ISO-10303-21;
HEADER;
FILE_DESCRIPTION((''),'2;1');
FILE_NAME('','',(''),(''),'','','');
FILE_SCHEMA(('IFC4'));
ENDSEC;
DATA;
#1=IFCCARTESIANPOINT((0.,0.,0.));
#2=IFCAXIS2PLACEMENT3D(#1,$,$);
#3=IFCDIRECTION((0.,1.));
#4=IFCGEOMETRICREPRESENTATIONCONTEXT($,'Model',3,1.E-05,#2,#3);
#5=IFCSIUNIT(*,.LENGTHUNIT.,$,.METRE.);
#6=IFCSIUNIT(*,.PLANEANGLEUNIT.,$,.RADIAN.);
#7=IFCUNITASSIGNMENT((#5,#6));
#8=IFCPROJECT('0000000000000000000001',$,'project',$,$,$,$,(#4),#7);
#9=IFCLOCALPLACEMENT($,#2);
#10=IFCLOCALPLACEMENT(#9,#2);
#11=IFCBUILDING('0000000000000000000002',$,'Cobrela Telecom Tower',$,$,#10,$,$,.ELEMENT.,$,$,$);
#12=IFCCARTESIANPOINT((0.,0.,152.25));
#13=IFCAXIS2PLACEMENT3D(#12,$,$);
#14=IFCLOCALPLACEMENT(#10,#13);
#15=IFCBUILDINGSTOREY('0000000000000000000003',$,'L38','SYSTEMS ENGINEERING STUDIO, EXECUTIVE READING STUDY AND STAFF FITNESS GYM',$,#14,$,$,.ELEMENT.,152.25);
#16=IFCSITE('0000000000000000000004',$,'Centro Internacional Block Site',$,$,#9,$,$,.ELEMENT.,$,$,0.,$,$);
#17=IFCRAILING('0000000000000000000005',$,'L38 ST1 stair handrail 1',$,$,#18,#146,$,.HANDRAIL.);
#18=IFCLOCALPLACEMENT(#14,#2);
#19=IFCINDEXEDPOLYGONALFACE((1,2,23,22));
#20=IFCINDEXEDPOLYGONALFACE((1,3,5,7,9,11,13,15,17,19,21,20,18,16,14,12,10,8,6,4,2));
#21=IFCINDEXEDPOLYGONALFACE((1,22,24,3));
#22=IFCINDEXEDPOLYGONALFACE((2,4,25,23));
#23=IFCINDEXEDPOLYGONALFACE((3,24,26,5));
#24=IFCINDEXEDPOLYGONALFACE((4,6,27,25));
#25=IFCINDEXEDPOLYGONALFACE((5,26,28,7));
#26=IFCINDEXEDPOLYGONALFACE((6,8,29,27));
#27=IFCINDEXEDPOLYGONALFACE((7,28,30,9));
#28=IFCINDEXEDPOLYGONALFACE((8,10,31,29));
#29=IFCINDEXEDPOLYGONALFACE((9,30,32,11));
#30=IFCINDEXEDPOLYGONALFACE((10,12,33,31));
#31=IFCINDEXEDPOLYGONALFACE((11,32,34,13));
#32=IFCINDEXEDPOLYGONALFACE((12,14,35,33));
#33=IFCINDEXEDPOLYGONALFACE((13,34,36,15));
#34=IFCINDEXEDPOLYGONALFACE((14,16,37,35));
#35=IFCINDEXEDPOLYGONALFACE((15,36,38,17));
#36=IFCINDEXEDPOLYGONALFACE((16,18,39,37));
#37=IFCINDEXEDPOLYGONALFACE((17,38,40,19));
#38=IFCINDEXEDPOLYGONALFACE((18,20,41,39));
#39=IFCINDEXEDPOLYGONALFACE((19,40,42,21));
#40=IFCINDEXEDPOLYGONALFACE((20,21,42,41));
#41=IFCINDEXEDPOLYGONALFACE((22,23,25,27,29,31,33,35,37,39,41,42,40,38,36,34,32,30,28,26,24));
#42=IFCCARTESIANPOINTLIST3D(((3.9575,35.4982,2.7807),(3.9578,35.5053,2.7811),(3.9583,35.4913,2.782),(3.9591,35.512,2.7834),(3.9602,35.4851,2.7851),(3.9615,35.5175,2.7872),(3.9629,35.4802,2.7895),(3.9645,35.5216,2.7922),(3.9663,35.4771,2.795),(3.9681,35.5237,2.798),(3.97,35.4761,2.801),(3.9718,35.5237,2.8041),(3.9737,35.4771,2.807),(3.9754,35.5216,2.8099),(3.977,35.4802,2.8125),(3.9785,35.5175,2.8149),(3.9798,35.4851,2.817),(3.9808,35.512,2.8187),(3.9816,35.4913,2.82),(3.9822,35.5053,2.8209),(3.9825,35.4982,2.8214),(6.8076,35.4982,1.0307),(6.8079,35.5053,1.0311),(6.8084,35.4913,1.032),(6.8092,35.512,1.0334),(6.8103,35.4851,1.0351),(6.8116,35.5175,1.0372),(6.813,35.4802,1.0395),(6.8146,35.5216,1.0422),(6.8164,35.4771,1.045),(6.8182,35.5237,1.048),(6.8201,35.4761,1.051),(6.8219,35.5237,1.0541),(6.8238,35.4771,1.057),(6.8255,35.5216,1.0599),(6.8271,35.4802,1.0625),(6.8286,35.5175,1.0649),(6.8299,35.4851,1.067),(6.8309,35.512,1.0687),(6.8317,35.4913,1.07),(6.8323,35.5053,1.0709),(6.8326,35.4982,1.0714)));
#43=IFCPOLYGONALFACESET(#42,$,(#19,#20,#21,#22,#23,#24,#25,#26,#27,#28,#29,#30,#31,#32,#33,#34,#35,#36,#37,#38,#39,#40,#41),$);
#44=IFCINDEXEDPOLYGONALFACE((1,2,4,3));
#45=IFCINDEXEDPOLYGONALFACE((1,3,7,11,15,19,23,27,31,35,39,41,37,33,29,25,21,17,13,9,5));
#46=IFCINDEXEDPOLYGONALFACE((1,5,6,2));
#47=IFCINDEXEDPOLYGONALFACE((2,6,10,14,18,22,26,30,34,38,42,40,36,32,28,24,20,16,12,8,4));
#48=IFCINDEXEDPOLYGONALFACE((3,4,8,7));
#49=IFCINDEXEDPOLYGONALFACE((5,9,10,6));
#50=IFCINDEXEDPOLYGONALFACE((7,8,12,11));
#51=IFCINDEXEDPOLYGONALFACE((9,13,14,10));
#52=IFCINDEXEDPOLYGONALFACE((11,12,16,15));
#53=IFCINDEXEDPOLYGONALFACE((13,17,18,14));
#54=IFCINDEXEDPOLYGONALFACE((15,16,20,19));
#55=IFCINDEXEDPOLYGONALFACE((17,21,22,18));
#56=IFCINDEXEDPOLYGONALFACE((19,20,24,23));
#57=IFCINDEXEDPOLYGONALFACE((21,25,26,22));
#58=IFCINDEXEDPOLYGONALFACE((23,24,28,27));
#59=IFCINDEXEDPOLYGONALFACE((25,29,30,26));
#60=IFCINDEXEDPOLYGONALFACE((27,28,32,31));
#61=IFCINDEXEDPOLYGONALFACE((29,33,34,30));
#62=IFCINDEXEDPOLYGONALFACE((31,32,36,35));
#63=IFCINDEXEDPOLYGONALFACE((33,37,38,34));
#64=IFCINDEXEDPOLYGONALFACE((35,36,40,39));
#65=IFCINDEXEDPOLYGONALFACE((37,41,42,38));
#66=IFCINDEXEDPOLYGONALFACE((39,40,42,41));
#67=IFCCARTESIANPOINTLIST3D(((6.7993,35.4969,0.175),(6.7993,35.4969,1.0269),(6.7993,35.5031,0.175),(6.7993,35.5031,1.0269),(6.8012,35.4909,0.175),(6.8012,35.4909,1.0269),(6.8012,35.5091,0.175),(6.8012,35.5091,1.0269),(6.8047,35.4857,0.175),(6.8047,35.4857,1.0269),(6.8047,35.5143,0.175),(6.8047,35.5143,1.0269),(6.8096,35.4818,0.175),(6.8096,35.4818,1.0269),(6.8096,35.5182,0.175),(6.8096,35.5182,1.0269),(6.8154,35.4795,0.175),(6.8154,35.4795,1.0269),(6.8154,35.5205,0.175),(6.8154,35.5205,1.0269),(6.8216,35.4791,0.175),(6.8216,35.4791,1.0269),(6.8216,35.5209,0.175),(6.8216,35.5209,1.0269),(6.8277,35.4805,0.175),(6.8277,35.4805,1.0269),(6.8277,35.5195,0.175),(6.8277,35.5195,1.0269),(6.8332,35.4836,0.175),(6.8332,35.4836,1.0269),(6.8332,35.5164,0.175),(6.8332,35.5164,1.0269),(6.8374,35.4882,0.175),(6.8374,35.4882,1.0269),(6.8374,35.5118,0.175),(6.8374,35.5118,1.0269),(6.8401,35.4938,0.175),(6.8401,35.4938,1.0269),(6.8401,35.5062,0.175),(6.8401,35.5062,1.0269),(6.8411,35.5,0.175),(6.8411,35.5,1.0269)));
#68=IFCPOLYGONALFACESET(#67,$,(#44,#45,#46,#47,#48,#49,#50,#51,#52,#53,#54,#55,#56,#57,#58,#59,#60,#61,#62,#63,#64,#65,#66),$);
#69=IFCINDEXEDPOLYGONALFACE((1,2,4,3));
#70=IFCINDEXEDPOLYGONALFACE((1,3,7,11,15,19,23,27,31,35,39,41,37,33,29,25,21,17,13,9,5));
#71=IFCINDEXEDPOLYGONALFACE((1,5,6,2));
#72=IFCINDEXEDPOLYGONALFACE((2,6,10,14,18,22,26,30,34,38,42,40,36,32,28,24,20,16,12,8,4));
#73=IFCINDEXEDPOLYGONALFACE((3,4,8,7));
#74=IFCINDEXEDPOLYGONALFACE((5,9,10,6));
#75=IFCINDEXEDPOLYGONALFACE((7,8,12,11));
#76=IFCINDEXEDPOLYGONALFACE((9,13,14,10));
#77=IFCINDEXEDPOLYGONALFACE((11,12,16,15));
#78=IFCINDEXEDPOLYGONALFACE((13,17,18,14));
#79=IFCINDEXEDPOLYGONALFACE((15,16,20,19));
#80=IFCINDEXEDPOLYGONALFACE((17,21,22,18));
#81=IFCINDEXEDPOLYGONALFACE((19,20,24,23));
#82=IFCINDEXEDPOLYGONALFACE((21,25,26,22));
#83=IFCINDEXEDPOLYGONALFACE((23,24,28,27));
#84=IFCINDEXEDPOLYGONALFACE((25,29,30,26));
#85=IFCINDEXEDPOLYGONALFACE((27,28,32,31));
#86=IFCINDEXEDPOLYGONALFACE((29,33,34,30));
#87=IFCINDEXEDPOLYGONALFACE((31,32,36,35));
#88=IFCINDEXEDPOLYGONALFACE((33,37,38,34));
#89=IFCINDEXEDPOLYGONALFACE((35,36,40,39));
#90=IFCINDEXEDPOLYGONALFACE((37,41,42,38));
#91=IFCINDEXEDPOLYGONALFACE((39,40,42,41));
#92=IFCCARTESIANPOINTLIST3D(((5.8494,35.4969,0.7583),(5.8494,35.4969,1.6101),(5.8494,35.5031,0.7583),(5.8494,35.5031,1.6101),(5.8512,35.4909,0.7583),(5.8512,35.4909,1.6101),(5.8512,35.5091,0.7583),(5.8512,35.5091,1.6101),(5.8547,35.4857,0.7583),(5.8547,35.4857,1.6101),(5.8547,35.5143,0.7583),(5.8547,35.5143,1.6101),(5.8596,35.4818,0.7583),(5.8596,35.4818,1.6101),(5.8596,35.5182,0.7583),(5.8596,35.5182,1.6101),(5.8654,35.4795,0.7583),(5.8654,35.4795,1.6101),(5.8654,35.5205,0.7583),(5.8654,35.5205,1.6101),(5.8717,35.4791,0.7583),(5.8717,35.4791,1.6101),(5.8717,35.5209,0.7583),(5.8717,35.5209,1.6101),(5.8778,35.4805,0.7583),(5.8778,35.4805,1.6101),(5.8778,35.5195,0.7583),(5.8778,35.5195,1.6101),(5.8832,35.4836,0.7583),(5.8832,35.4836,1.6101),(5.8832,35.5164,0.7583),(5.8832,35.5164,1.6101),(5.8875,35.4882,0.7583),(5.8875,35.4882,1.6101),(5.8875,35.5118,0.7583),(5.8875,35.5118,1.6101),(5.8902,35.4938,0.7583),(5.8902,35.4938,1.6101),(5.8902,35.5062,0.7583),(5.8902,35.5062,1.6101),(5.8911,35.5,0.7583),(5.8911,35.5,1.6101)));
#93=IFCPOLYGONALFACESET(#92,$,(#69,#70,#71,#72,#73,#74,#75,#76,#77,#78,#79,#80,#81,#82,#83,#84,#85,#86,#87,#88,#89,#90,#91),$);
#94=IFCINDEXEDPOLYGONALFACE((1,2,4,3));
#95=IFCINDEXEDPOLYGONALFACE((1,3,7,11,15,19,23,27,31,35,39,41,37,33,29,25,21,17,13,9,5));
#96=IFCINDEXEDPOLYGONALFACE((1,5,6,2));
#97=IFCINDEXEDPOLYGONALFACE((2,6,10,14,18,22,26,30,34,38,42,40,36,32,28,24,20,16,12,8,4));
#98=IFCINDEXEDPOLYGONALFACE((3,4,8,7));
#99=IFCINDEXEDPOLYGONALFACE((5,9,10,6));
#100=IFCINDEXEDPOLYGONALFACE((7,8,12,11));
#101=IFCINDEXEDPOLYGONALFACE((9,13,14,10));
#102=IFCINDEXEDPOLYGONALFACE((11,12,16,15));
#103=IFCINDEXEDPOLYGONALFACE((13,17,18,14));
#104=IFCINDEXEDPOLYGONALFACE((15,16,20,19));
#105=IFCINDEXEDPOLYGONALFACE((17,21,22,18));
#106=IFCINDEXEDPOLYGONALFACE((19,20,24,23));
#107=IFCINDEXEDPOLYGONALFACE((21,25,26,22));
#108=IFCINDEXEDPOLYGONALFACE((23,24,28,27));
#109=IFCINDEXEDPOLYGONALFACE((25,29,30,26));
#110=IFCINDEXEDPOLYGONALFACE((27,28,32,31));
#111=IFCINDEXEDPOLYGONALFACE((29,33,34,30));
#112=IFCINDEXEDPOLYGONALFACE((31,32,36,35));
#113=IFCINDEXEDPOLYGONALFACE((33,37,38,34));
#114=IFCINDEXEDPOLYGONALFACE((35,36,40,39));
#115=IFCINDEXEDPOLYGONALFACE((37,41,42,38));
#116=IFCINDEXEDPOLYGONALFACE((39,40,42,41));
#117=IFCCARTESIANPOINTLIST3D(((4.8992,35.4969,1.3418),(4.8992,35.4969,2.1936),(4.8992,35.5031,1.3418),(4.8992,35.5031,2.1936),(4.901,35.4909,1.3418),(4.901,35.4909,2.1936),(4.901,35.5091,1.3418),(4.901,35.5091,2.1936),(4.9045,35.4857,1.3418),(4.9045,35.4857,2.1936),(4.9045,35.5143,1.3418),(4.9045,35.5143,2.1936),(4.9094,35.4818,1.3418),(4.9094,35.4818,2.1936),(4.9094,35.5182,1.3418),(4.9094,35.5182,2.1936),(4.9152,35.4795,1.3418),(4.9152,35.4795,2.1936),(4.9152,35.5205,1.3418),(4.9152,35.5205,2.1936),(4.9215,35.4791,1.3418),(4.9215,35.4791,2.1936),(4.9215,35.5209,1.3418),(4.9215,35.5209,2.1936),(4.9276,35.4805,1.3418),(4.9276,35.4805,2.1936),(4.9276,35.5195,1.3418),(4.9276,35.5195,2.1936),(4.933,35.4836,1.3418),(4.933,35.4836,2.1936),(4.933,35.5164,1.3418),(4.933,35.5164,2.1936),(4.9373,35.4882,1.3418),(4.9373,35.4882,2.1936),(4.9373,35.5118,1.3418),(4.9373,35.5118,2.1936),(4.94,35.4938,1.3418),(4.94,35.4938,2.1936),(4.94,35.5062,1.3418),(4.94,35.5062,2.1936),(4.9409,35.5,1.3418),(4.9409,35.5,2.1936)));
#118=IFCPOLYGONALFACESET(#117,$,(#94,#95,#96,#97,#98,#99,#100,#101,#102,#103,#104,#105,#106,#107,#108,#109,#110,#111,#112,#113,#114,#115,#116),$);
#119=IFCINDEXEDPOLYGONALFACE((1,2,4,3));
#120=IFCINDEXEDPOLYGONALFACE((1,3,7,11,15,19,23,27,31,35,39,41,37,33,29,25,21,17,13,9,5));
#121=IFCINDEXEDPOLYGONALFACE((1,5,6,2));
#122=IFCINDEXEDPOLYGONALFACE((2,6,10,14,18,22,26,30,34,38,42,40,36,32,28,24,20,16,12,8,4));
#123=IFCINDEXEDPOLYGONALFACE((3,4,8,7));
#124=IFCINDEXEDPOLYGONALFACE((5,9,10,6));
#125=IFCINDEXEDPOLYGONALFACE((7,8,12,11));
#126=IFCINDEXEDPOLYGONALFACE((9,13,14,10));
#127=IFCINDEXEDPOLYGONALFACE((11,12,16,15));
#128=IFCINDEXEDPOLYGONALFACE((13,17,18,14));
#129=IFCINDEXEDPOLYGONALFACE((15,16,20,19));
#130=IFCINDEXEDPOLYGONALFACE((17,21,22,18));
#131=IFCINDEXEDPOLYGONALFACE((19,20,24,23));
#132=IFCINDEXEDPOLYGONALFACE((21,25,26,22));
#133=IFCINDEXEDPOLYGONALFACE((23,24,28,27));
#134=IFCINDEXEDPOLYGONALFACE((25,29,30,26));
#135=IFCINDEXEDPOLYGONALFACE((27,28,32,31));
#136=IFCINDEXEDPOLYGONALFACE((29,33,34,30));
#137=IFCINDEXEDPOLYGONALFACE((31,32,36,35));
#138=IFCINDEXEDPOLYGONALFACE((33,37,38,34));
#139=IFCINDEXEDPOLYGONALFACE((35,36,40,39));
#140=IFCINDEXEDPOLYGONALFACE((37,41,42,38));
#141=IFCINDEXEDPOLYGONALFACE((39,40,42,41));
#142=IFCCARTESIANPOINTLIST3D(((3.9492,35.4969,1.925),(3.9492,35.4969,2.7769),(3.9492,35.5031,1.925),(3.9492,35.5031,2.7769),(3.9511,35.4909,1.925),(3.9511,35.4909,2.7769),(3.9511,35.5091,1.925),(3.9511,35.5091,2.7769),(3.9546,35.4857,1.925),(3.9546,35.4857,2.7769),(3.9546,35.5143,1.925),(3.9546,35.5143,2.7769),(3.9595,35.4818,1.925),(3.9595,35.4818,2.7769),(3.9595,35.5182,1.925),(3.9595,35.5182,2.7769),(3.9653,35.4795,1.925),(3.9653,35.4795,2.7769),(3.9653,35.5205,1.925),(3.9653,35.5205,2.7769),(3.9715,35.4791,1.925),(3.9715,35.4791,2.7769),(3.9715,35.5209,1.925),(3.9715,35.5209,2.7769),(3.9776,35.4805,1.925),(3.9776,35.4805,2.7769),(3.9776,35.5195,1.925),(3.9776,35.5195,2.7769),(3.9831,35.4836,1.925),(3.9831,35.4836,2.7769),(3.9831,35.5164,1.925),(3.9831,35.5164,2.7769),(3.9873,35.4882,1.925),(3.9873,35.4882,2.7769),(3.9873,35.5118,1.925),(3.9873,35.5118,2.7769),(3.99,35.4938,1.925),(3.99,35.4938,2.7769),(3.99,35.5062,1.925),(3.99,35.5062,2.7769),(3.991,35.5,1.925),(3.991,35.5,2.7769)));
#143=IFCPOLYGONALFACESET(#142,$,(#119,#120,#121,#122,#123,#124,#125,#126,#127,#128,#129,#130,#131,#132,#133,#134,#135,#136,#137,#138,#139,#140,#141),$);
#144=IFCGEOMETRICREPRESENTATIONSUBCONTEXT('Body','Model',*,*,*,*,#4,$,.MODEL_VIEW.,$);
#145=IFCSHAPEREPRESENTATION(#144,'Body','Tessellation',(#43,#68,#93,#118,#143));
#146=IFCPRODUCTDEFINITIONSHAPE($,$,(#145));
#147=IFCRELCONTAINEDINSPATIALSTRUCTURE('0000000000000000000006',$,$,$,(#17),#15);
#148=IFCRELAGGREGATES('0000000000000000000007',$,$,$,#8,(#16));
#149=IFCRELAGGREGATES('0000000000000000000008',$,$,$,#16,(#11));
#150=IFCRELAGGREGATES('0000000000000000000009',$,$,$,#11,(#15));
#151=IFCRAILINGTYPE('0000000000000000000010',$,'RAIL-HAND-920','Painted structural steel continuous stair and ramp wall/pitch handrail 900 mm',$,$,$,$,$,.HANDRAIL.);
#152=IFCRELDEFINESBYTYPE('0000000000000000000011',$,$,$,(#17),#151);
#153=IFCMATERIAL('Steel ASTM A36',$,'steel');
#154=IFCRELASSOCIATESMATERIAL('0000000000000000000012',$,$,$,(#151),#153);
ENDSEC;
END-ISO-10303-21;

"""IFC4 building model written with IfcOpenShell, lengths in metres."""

from ifc_helpers import new_model, si_unit, direction, frame, origin, origin_2d, place, context, subcontext, project, spatial, circle, extrude, material, type_object, element, save


model = new_model("IFC4")

# Units and contexts
model_context = context("Model", 3, precision=1e-05, world=origin(), true_north=direction((0.0, 1.0)))
body_context = subcontext(model_context, "Body", "Model", "MODEL_VIEW")
ifc_project = project(units=[si_unit("LENGTHUNIT", "METRE"), si_unit("PLANEANGLEUNIT", "RADIAN")], contexts=[model_context])

# Site, building, storey
site_placement = place(None, origin())
site = spatial("IfcSite", under=ifc_project, at=site_placement, Name="Centro Internacional Block Site", CompositionType="ELEMENT", RefElevation=0.0)
building_placement = place(site_placement, origin())
building = spatial("IfcBuilding", under=site, at=building_placement, Name="Cobrela Telecom Tower", CompositionType="ELEMENT")
storey_placement = place(building_placement, frame((0.0, 0.0, 152.25)))
storey = spatial("IfcBuildingStorey", under=building, at=storey_placement, Name="L38", Description="SYSTEMS ENGINEERING STUDIO, EXECUTIVE READING STUDY AND STAFF FITNESS GYM", CompositionType="ELEMENT", Elevation=152.25)

# Shared definitions
ifc_material_1 = material(Name="Steel ASTM A36", Category="steel")

# Railing
railing_type_1 = type_object("IfcRailingType", Name="RAIL-HAND-920", Description="Painted structural steel continuous stair and ramp wall/pitch handrail 900 mm", PredefinedType="HANDRAIL", material=ifc_material_1)
railing_1_placement = place(storey_placement, frame((6.8201, 35.5, 0.175)))
element("IfcRailing", 1, at=railing_1_placement, inside=storey, type_object=railing_type_1, Name="L38 ST1 stair handrail 1", PredefinedType="HANDRAIL", context=body_context, shape_type="SweptSolid", body=[
    extrude(circle(Radius=0.0239, at=origin_2d()), frame((0.0, 0.0, 0.876), z_axis=(-0.852179, 0.0, 0.52325), x_axis=(0.0, -1.0, 0.0)), (0.0, 0.0, 1.0), 3.3445),
    extrude(circle(Radius=0.021, at=origin_2d()), origin(), (0.0, 0.0, 1.0), 0.8518),
    extrude(circle(Radius=0.021, at=origin_2d()), frame((-0.95, 0.0, 0.5833)), (0.0, 0.0, 1.0), 0.8518),
    extrude(circle(Radius=0.021, at=origin_2d()), frame((-1.9001, 0.0, 1.1667)), (0.0, 0.0, 1.0), 0.8518),
    extrude(circle(Radius=0.021, at=origin_2d()), frame((-2.8501, 0.0, 1.75)), (0.0, 0.0, 1.0), 0.8518),
])

save(model, "model.ifc")
